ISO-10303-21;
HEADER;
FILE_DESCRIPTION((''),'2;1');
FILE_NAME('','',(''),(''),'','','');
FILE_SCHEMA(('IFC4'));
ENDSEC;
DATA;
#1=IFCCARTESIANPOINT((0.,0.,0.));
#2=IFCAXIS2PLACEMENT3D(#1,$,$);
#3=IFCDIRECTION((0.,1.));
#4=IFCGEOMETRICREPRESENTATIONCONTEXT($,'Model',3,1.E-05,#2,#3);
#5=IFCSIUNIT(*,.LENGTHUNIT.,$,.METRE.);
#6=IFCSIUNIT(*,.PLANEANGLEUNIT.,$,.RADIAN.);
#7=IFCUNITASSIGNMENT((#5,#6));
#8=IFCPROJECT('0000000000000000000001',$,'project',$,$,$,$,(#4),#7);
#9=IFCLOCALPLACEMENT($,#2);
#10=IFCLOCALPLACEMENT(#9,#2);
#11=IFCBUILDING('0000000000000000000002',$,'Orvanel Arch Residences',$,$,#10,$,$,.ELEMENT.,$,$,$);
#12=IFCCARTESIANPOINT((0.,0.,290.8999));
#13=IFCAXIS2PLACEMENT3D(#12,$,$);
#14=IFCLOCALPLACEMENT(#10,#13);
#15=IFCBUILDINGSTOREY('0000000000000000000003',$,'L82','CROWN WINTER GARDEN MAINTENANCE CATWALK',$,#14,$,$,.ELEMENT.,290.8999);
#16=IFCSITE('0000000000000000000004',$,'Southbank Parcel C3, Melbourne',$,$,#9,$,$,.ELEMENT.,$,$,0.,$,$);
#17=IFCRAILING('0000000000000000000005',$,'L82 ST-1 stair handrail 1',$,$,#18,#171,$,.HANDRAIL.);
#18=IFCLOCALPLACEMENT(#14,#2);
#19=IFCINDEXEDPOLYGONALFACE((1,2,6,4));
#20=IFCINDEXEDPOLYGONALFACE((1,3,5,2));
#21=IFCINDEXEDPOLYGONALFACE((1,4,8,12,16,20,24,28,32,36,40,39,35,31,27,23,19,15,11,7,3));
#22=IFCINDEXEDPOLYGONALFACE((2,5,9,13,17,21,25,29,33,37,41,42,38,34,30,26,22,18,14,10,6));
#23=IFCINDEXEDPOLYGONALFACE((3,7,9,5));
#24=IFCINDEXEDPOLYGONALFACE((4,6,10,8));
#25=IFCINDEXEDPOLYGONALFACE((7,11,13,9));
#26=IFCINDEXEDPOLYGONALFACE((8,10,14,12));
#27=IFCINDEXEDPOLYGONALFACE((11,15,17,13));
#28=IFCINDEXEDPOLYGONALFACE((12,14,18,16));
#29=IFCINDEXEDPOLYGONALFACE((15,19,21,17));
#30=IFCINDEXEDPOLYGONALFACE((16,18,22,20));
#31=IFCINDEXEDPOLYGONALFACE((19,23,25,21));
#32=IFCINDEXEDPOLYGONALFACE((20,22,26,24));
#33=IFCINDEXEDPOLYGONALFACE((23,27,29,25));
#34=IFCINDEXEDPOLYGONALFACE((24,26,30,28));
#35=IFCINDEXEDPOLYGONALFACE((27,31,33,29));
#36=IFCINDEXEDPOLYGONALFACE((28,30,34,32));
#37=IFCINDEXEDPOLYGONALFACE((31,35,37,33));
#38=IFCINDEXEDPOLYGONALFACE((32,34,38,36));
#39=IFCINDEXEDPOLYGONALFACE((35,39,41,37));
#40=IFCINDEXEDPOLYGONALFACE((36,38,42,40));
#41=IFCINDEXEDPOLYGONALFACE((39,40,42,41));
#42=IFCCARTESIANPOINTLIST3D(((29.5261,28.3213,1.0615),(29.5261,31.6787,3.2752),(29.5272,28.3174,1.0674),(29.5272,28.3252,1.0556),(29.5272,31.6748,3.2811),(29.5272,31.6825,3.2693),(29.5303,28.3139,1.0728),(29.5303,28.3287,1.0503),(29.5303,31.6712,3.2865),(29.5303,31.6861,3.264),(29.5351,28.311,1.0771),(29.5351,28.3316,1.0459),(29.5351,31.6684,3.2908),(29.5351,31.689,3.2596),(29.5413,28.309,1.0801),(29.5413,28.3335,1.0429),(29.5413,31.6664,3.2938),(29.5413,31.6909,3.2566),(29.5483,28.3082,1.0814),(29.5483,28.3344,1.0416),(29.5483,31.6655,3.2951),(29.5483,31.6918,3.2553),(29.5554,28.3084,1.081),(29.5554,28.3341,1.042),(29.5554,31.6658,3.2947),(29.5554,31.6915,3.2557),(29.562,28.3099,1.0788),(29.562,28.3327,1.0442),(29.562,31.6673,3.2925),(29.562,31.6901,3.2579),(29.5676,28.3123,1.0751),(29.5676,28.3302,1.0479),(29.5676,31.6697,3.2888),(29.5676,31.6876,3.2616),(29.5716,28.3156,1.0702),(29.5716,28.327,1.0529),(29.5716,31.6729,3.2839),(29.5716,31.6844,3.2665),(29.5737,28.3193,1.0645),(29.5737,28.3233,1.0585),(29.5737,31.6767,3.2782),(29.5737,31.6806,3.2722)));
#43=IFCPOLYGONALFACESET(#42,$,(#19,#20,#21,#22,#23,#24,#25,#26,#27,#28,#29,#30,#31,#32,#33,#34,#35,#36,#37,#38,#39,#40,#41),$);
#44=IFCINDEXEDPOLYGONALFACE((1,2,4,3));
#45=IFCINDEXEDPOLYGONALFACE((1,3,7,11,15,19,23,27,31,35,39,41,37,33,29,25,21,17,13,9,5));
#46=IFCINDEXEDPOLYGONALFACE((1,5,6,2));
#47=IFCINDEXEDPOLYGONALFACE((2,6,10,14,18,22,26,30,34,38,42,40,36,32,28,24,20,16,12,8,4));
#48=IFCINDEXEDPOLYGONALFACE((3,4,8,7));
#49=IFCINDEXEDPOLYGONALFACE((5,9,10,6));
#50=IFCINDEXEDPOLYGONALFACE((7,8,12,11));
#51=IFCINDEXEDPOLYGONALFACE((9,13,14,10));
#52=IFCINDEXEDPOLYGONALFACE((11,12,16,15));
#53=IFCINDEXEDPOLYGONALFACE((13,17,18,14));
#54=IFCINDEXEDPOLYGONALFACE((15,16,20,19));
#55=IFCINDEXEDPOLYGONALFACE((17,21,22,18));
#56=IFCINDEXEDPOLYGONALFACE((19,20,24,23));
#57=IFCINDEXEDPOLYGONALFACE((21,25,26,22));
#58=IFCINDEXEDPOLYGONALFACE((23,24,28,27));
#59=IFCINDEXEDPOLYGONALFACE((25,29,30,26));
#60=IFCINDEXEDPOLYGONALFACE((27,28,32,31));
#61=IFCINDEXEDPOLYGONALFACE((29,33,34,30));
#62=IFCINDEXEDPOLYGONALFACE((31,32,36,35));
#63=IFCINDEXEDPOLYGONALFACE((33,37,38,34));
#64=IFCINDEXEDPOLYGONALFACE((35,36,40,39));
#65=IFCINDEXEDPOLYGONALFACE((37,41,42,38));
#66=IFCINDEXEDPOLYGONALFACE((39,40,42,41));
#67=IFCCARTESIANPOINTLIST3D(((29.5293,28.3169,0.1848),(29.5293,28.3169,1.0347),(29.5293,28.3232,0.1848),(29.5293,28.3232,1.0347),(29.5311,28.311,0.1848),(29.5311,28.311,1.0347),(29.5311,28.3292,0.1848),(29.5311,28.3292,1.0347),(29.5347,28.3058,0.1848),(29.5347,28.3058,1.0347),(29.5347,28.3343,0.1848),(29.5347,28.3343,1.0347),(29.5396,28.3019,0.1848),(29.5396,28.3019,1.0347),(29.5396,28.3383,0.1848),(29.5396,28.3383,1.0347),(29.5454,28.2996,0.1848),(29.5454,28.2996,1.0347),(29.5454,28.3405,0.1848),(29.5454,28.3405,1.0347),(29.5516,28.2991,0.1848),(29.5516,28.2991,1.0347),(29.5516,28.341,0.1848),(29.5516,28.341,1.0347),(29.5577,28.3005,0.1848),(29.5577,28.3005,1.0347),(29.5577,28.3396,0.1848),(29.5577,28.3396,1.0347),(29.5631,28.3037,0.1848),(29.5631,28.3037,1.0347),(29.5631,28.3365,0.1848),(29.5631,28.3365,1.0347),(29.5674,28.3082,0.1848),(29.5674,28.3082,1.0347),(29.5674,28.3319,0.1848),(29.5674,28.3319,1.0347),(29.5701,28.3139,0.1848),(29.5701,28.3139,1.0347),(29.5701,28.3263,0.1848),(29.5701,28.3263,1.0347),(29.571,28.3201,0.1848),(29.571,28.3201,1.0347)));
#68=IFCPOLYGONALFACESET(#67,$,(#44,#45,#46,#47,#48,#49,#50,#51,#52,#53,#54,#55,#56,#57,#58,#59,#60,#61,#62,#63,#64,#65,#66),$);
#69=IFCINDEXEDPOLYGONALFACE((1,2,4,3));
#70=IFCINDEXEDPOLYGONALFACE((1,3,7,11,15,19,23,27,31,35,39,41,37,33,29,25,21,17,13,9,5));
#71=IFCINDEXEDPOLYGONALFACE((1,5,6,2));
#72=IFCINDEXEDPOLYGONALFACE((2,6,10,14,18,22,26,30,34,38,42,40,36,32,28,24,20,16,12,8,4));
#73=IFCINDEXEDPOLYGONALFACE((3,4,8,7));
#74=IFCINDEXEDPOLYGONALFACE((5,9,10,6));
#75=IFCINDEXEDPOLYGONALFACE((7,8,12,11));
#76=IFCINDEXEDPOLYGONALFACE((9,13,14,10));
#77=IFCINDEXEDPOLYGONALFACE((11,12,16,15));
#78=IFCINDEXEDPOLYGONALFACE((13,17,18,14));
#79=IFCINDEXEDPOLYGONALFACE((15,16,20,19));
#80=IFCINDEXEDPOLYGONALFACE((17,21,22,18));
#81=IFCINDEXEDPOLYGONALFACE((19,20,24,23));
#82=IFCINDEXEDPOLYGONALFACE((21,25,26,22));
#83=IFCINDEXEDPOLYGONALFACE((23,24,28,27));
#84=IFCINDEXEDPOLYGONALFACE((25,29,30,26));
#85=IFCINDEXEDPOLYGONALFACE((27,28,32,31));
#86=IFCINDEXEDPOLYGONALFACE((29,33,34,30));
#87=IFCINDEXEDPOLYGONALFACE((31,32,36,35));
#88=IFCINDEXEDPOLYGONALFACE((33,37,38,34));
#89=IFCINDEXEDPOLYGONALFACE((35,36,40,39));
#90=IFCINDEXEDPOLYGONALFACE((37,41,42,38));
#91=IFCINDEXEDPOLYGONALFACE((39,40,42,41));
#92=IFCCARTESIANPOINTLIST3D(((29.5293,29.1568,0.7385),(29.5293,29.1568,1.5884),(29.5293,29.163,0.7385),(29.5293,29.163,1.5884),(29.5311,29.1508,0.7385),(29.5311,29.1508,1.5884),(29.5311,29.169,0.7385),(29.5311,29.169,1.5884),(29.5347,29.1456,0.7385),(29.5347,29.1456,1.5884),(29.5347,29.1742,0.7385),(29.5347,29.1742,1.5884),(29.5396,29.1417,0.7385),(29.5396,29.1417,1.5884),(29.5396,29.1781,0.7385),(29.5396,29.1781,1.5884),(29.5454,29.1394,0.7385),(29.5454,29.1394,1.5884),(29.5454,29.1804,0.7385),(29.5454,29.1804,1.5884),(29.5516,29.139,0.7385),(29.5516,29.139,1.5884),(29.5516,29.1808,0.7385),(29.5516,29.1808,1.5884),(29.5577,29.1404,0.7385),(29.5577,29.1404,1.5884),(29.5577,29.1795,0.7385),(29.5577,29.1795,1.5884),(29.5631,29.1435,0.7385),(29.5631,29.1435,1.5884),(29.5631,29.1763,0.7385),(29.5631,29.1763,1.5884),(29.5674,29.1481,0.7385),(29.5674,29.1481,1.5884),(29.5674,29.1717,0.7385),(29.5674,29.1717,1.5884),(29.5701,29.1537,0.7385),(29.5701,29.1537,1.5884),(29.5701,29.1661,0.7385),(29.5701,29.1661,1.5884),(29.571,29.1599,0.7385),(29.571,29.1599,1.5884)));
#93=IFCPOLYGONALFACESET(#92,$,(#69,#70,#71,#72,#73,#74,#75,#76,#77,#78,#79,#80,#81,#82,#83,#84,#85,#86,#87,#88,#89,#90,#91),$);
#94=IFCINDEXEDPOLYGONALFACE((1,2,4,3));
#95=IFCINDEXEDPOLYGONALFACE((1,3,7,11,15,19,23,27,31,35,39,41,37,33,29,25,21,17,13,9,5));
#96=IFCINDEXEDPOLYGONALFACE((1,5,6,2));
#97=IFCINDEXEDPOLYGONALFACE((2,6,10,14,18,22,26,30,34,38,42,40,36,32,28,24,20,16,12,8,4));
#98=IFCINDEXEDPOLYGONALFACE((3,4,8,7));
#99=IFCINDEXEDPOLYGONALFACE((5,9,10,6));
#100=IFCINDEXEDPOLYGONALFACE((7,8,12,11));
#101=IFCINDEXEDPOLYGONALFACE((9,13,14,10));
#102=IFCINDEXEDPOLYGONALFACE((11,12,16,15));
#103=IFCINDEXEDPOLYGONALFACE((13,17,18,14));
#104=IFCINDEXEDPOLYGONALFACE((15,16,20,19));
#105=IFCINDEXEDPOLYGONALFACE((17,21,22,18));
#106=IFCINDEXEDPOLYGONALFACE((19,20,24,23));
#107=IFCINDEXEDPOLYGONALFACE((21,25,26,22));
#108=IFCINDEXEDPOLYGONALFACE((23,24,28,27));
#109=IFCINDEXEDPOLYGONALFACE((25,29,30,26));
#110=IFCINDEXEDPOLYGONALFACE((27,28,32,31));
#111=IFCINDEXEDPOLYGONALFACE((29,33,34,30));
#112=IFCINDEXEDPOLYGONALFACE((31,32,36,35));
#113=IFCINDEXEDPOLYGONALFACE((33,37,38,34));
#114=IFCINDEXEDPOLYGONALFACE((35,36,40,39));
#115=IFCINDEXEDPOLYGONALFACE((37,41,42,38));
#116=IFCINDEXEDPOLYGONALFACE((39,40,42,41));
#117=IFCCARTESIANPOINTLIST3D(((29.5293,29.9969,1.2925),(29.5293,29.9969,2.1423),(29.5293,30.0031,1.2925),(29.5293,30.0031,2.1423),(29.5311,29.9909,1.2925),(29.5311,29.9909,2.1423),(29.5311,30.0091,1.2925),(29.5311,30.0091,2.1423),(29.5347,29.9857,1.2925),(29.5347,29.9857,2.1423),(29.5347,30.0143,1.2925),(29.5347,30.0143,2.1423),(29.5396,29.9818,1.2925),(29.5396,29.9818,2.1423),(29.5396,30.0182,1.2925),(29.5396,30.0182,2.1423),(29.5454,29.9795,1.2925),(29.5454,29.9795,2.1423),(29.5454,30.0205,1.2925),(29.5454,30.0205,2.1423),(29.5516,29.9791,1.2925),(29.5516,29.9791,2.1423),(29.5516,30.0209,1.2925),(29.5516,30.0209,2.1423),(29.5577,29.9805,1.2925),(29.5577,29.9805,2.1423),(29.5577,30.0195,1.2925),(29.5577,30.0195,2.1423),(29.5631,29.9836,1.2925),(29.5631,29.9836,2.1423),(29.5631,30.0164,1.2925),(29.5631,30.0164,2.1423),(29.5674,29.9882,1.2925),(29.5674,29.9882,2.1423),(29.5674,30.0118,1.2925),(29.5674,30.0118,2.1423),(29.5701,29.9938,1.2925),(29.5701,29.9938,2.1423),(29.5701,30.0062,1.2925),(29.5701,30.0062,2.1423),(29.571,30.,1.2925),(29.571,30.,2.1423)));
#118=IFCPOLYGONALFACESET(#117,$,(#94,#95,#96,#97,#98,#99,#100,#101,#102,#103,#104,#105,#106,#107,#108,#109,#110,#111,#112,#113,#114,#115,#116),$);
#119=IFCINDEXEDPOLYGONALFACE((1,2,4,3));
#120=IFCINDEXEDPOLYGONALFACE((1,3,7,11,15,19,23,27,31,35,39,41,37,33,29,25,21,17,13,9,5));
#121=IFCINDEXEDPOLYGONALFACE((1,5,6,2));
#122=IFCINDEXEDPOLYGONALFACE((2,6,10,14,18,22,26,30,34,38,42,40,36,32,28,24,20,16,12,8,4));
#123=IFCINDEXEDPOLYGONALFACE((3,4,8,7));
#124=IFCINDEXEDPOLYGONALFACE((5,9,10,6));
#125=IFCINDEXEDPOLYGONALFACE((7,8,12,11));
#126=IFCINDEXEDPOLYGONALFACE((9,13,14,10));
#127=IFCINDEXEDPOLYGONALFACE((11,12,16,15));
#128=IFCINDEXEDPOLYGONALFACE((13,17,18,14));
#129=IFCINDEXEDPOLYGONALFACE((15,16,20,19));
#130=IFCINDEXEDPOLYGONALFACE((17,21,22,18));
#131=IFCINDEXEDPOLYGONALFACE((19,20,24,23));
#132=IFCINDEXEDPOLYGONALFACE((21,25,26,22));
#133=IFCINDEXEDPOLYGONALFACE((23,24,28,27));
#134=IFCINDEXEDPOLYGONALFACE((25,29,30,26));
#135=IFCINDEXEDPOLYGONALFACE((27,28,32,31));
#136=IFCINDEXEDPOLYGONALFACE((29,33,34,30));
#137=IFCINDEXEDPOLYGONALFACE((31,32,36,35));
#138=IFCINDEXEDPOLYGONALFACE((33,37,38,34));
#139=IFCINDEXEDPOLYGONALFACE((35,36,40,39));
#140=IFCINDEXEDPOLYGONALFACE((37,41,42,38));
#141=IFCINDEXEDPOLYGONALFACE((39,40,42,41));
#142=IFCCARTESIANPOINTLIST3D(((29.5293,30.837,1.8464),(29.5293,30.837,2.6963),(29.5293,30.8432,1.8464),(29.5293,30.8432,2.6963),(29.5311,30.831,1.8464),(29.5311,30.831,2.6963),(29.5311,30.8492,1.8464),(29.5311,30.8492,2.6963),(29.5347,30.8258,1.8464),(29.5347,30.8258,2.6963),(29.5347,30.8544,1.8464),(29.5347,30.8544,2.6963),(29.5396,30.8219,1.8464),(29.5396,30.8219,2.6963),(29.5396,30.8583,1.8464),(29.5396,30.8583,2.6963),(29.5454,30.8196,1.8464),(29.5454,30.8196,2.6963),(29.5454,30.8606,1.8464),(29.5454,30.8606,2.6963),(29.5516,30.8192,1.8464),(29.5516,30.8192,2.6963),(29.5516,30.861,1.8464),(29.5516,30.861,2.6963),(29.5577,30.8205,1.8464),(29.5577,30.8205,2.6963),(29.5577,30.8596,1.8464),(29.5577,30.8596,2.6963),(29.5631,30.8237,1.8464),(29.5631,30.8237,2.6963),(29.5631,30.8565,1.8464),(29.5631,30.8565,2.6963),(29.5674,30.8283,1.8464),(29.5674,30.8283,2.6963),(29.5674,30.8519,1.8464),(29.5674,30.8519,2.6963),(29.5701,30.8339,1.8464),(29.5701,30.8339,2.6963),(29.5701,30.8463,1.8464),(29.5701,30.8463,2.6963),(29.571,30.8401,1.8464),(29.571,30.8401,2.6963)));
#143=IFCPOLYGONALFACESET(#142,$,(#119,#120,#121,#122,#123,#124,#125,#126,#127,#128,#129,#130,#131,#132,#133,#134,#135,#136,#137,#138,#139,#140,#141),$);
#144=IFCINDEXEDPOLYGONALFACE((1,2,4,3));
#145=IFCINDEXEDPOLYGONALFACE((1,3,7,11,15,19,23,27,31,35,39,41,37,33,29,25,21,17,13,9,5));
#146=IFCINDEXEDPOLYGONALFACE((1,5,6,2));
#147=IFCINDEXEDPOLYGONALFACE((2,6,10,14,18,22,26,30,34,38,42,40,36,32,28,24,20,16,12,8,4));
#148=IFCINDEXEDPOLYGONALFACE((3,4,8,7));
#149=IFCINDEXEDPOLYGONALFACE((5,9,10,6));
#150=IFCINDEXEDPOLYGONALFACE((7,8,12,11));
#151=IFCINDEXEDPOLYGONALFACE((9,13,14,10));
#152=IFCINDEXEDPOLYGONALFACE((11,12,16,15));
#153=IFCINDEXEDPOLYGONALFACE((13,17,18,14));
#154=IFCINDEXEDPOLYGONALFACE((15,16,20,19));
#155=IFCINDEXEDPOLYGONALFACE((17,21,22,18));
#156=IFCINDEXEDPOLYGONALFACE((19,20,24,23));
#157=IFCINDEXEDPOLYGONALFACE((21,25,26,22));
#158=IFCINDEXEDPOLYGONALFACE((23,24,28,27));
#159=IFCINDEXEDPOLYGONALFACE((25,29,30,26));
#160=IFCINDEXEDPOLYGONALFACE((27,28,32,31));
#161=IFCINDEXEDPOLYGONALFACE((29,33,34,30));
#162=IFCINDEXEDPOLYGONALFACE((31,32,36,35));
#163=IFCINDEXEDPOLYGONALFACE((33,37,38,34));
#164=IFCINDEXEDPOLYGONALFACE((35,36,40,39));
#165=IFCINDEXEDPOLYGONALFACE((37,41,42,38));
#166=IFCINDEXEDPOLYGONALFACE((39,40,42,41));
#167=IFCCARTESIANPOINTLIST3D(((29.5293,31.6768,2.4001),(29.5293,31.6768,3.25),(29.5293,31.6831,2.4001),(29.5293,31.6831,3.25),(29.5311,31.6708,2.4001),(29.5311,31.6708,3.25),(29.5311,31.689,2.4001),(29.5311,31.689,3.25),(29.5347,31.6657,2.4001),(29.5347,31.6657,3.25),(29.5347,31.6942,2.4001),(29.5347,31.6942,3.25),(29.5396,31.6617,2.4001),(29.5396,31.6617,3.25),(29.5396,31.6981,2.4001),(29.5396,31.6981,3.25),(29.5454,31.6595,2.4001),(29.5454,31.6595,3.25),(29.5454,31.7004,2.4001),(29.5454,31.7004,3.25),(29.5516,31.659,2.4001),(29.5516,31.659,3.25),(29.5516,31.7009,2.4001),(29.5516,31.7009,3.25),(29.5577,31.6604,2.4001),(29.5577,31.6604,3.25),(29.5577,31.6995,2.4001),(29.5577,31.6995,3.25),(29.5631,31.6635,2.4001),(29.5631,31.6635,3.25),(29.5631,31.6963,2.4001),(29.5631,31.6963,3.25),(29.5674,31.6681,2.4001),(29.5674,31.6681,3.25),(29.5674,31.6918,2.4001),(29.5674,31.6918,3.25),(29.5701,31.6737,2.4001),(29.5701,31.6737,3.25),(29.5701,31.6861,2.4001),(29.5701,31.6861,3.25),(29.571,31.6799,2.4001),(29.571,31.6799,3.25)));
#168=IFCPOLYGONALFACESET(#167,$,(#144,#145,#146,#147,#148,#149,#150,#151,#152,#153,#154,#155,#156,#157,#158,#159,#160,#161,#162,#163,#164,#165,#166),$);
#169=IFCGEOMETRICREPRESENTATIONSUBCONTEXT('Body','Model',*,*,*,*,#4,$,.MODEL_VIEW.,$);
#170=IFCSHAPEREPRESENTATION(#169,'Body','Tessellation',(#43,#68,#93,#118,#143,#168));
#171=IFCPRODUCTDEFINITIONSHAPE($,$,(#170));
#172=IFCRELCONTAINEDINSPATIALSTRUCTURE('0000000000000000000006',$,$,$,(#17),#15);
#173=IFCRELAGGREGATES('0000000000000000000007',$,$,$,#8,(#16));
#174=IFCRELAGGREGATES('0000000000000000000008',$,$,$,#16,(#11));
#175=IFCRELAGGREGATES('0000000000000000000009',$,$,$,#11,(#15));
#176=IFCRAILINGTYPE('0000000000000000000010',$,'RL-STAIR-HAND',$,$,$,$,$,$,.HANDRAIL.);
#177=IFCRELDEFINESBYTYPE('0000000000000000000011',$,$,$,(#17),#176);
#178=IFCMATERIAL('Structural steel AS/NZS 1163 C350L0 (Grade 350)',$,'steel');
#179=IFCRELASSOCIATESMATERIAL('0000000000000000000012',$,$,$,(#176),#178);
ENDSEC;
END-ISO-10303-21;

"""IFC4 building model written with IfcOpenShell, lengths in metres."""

from ifc_helpers import new_model, si_unit, direction, frame, origin, origin_2d, place, context, subcontext, project, spatial, circle, extrude, material, type_object, element, save


model = new_model("IFC4")

# Units and contexts
model_context = context("Model", 3, precision=1e-05, world=origin(), true_north=direction((0.0, 1.0)))
body_context = subcontext(model_context, "Body", "Model", "MODEL_VIEW")
ifc_project = project(units=[si_unit("LENGTHUNIT", "METRE"), si_unit("PLANEANGLEUNIT", "RADIAN")], contexts=[model_context])

# Site, building, storey
site_placement = place(None, origin())
site = spatial("IfcSite", under=ifc_project, at=site_placement, Name="Southbank Parcel C3, Melbourne", CompositionType="ELEMENT", RefElevation=0.0)
building_placement = place(site_placement, origin())
building = spatial("IfcBuilding", under=site, at=building_placement, Name="Orvanel Arch Residences", CompositionType="ELEMENT")
storey_placement = place(building_placement, frame((0.0, 0.0, 290.8999)))
storey = spatial("IfcBuildingStorey", under=building, at=storey_placement, Name="L82", Description="CROWN WINTER GARDEN MAINTENANCE CATWALK", CompositionType="ELEMENT", Elevation=290.8999)

# Shared definitions
ifc_material_1 = material(Name="Structural steel AS/NZS 1163 C350L0 (Grade 350)", Category="steel")

# Railing
railing_type_1 = type_object("IfcRailingType", Name="RL-STAIR-HAND", PredefinedType="HANDRAIL", material=ifc_material_1)
railing_1_placement = place(storey_placement, frame((29.55, 28.3201, 0.1848)))
element("IfcRailing", 1, at=railing_1_placement, inside=storey, type_object=railing_type_1, Name="L82 ST-1 stair handrail 1", PredefinedType="HANDRAIL", context=body_context, shape_type="SweptSolid", body=[
    extrude(circle(Radius=0.0239, at=origin_2d()), frame((0.0, 0.0012, 0.8767), z_axis=(0.0, 0.834858, 0.550465), x_axis=(-1.0, 0.0, 0.0)), (0.0, 0.0, 1.0), 4.0215),
    extrude(circle(Radius=0.021, at=origin_2d()), origin(), (0.0, 0.0, 1.0), 0.8499),
    extrude(circle(Radius=0.021, at=origin_2d()), frame((0.0, 0.8398, 0.5537)), (0.0, 0.0, 1.0), 0.8499),
    extrude(circle(Radius=0.021, at=origin_2d()), frame((0.0, 1.6799, 1.1077)), (0.0, 0.0, 1.0), 0.8499),
    extrude(circle(Radius=0.021, at=origin_2d()), frame((0.0, 2.52, 1.6616)), (0.0, 0.0, 1.0), 0.8499),
    extrude(circle(Radius=0.021, at=origin_2d()), frame((0.0, 3.3599, 2.2153)), (0.0, 0.0, 1.0), 0.8499),
])

save(model, "model.ifc")
